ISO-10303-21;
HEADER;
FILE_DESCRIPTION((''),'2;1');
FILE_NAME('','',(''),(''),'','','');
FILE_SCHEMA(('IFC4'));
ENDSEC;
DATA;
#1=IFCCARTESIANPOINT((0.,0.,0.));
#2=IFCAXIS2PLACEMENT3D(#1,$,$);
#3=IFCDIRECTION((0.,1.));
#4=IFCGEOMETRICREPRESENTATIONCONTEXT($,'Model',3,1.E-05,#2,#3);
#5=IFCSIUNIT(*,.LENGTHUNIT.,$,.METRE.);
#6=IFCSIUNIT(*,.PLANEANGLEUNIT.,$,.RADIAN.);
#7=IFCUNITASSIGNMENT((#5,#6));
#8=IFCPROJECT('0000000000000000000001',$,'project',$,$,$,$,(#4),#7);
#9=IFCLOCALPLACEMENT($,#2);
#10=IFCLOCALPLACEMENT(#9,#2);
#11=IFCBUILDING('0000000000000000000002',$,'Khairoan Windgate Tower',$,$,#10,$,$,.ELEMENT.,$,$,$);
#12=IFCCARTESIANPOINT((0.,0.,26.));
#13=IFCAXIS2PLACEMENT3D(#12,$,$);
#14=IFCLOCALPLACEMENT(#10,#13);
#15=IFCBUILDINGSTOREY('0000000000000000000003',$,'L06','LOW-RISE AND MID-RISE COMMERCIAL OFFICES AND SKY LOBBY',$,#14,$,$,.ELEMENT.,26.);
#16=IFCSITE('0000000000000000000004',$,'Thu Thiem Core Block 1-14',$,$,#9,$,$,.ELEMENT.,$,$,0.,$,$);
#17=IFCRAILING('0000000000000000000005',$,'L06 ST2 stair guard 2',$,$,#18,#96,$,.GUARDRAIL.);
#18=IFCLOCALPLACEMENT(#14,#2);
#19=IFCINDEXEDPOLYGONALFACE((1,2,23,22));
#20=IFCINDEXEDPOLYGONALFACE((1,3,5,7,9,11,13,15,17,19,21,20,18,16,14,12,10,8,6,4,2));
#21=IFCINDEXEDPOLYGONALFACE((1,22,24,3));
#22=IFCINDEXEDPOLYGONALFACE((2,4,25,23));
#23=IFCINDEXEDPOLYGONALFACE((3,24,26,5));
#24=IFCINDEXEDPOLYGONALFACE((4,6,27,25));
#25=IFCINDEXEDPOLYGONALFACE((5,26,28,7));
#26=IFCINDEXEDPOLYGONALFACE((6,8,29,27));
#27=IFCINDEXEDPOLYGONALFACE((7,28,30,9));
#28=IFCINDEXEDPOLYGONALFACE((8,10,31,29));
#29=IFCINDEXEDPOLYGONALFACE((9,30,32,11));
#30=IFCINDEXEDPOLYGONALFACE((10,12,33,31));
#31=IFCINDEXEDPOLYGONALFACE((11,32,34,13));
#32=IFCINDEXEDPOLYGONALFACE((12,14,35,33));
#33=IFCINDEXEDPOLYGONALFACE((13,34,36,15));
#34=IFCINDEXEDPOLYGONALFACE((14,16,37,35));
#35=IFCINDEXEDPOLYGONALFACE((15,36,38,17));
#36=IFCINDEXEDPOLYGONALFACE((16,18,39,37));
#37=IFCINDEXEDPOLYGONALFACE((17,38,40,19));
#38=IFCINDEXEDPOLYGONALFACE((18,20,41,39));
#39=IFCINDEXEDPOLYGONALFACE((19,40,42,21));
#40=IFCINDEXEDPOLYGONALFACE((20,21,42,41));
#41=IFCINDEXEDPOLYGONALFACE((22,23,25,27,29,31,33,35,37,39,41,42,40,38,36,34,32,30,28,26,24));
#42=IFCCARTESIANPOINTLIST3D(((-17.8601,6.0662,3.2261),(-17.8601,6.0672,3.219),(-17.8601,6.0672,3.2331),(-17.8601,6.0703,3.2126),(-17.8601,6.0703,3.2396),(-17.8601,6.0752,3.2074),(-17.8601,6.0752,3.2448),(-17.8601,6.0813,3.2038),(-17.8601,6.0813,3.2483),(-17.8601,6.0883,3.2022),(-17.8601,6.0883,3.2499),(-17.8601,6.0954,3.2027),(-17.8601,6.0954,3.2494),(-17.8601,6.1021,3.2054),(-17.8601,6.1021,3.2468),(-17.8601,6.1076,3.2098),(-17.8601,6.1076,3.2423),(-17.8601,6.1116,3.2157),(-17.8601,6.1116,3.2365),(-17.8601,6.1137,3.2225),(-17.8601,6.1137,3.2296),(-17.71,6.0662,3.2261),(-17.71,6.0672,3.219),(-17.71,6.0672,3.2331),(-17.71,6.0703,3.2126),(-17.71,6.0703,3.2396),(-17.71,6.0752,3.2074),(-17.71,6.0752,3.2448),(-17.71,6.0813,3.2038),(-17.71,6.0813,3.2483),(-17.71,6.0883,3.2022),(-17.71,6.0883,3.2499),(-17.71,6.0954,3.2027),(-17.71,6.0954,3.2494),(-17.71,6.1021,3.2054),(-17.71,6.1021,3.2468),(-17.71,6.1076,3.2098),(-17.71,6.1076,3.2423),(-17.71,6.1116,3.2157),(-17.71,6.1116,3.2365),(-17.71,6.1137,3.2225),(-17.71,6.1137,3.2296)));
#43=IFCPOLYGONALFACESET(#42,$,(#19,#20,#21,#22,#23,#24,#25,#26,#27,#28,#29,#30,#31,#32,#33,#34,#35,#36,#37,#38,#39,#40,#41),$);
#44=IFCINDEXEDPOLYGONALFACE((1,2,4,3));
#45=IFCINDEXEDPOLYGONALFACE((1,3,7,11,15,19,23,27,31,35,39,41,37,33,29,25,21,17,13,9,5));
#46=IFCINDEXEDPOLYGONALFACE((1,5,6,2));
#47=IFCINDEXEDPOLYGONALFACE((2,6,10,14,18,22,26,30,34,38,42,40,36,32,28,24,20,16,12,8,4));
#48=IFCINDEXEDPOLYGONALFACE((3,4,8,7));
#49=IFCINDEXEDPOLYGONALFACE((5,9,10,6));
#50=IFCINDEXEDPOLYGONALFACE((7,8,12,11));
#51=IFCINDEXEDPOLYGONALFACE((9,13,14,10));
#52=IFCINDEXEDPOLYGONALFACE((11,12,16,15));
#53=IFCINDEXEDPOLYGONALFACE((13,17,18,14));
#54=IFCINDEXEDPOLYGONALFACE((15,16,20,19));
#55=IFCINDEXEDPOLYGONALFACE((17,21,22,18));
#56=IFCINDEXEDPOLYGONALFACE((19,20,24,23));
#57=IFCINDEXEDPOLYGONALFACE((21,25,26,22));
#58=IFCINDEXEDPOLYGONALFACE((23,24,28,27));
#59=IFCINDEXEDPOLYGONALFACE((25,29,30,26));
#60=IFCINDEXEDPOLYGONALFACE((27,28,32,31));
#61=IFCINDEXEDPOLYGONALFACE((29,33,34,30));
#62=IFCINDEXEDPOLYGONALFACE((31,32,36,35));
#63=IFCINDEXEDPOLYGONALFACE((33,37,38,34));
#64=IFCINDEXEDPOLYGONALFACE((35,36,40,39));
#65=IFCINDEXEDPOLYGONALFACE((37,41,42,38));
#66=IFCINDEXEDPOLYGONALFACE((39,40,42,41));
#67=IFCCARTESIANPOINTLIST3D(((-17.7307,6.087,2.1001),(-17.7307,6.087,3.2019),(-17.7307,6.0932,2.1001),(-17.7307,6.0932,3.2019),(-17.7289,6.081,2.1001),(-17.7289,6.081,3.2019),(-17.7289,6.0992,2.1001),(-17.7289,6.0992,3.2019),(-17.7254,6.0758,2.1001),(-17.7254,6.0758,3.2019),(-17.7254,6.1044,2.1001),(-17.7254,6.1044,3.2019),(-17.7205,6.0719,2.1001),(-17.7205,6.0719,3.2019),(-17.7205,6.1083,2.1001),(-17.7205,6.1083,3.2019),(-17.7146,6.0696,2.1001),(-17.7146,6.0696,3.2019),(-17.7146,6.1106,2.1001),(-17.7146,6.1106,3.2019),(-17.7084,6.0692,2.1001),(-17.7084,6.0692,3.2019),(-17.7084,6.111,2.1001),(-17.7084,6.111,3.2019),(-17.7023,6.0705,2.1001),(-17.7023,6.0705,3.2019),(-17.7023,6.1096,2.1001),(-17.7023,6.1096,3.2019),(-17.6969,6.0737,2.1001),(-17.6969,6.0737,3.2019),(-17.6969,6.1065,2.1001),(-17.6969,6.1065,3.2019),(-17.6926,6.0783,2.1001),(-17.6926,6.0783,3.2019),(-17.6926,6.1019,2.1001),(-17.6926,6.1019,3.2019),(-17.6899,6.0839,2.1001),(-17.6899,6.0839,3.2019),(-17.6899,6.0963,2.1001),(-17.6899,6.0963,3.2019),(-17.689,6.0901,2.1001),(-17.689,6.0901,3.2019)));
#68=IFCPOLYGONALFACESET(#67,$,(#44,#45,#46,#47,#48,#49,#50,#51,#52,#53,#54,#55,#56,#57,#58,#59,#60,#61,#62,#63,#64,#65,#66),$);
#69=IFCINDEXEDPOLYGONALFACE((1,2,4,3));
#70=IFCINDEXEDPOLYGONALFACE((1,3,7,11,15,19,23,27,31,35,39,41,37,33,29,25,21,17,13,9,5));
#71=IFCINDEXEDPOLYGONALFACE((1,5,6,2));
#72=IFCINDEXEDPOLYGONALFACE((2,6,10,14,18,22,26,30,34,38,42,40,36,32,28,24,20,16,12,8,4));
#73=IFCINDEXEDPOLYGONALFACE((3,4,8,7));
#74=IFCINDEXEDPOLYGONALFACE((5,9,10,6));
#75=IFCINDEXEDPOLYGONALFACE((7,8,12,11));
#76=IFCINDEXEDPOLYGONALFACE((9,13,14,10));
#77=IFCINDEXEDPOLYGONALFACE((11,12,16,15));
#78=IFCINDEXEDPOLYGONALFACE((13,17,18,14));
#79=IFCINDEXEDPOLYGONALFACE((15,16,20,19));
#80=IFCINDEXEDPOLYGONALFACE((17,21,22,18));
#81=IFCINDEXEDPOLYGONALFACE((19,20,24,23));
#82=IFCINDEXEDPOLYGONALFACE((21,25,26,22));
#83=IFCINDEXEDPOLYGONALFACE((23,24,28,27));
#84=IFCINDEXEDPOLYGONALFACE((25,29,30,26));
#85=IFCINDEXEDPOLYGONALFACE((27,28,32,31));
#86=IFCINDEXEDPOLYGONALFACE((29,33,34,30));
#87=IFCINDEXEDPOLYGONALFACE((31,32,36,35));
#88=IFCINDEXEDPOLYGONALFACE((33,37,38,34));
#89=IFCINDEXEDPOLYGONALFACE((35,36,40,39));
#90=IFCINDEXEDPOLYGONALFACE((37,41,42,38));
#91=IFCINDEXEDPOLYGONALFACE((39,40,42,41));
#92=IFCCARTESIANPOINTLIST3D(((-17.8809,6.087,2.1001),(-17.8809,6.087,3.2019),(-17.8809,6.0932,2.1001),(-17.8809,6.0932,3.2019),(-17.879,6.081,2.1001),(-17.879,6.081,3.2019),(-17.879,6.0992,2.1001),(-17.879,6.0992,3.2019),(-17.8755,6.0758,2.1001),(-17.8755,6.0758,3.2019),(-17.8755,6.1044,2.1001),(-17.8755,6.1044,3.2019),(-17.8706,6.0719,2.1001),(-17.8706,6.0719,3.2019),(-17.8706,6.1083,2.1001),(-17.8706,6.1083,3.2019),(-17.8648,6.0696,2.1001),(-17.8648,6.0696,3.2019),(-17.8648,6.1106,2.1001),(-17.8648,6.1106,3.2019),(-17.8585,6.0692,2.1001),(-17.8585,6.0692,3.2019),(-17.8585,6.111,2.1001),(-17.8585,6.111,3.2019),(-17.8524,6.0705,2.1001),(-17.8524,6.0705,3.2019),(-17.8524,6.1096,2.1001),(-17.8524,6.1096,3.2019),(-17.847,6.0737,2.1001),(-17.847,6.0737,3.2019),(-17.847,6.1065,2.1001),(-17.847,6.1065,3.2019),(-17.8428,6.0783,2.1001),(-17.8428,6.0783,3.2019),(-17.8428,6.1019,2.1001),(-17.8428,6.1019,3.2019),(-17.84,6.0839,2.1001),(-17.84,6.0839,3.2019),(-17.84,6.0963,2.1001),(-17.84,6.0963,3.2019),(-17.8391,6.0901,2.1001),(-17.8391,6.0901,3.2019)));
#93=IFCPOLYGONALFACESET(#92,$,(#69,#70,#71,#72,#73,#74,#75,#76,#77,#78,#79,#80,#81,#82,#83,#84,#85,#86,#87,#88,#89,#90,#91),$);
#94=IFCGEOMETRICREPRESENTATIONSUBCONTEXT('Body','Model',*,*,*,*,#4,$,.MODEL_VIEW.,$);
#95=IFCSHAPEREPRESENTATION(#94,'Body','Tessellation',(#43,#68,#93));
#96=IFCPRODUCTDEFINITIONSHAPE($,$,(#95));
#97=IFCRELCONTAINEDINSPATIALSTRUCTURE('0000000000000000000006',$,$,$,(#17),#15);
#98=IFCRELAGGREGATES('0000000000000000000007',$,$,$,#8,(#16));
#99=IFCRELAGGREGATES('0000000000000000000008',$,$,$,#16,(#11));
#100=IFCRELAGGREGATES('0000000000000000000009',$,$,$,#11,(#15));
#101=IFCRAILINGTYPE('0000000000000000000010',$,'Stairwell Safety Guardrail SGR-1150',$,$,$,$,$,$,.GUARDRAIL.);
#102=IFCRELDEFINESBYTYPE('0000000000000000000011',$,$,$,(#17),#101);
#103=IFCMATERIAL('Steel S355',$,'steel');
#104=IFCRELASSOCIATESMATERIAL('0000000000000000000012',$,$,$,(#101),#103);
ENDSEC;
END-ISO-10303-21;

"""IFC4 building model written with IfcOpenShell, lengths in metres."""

from ifc_helpers import new_model, si_unit, direction, frame, origin, origin_2d, place, context, subcontext, project, spatial, circle, extrude, material, type_object, element, save


model = new_model("IFC4")

# Units and contexts
model_context = context("Model", 3, precision=1e-05, world=origin(), true_north=direction((0.0, 1.0)))
body_context = subcontext(model_context, "Body", "Model", "MODEL_VIEW")
ifc_project = project(units=[si_unit("LENGTHUNIT", "METRE"), si_unit("PLANEANGLEUNIT", "RADIAN")], contexts=[model_context])

# Site, building, storey
site_placement = place(None, origin())
site = spatial("IfcSite", under=ifc_project, at=site_placement, Name="Thu Thiem Core Block 1-14", CompositionType="ELEMENT", RefElevation=0.0)
building_placement = place(site_placement, origin())
building = spatial("IfcBuilding", under=site, at=building_placement, Name="Khairoan Windgate Tower", CompositionType="ELEMENT")
storey_placement = place(building_placement, frame((0.0, 0.0, 26.0)))
storey = spatial("IfcBuildingStorey", under=building, at=storey_placement, Name="L06", Description="LOW-RISE AND MID-RISE COMMERCIAL OFFICES AND SKY LOBBY", CompositionType="ELEMENT", Elevation=26.0)

# Railing
ifc_material_1 = material(Name="Steel S355", Category="steel")
railing_type_1 = type_object("IfcRailingType", Name="Stairwell Safety Guardrail SGR-1150", PredefinedType="GUARDRAIL", material=ifc_material_1)
railing_1_placement = place(storey_placement, frame((-17.71, 6.0901, 2.1001)))
element("IfcRailing", 1, at=railing_1_placement, inside=storey, type_object=railing_type_1, Name="L06 ST2 stair guard 2", PredefinedType="GUARDRAIL", context=body_context, shape_type="SweptSolid", body=[
    extrude(circle(Radius=0.0239, at=origin_2d()), frame((0.0, 0.0, 1.126), z_axis=(-1.0, 0.0, 0.0), x_axis=(0.0, -1.0, 0.0)), (0.0, 0.0, 1.0), 0.1501),
    extrude(circle(Radius=0.021, at=origin_2d()), origin(), (0.0, 0.0, 1.0), 1.1018),
    extrude(circle(Radius=0.021, at=origin_2d()), frame((-0.1501, 0.0, 0.0)), (0.0, 0.0, 1.0), 1.1018),
])

save(model, "model.ifc")
